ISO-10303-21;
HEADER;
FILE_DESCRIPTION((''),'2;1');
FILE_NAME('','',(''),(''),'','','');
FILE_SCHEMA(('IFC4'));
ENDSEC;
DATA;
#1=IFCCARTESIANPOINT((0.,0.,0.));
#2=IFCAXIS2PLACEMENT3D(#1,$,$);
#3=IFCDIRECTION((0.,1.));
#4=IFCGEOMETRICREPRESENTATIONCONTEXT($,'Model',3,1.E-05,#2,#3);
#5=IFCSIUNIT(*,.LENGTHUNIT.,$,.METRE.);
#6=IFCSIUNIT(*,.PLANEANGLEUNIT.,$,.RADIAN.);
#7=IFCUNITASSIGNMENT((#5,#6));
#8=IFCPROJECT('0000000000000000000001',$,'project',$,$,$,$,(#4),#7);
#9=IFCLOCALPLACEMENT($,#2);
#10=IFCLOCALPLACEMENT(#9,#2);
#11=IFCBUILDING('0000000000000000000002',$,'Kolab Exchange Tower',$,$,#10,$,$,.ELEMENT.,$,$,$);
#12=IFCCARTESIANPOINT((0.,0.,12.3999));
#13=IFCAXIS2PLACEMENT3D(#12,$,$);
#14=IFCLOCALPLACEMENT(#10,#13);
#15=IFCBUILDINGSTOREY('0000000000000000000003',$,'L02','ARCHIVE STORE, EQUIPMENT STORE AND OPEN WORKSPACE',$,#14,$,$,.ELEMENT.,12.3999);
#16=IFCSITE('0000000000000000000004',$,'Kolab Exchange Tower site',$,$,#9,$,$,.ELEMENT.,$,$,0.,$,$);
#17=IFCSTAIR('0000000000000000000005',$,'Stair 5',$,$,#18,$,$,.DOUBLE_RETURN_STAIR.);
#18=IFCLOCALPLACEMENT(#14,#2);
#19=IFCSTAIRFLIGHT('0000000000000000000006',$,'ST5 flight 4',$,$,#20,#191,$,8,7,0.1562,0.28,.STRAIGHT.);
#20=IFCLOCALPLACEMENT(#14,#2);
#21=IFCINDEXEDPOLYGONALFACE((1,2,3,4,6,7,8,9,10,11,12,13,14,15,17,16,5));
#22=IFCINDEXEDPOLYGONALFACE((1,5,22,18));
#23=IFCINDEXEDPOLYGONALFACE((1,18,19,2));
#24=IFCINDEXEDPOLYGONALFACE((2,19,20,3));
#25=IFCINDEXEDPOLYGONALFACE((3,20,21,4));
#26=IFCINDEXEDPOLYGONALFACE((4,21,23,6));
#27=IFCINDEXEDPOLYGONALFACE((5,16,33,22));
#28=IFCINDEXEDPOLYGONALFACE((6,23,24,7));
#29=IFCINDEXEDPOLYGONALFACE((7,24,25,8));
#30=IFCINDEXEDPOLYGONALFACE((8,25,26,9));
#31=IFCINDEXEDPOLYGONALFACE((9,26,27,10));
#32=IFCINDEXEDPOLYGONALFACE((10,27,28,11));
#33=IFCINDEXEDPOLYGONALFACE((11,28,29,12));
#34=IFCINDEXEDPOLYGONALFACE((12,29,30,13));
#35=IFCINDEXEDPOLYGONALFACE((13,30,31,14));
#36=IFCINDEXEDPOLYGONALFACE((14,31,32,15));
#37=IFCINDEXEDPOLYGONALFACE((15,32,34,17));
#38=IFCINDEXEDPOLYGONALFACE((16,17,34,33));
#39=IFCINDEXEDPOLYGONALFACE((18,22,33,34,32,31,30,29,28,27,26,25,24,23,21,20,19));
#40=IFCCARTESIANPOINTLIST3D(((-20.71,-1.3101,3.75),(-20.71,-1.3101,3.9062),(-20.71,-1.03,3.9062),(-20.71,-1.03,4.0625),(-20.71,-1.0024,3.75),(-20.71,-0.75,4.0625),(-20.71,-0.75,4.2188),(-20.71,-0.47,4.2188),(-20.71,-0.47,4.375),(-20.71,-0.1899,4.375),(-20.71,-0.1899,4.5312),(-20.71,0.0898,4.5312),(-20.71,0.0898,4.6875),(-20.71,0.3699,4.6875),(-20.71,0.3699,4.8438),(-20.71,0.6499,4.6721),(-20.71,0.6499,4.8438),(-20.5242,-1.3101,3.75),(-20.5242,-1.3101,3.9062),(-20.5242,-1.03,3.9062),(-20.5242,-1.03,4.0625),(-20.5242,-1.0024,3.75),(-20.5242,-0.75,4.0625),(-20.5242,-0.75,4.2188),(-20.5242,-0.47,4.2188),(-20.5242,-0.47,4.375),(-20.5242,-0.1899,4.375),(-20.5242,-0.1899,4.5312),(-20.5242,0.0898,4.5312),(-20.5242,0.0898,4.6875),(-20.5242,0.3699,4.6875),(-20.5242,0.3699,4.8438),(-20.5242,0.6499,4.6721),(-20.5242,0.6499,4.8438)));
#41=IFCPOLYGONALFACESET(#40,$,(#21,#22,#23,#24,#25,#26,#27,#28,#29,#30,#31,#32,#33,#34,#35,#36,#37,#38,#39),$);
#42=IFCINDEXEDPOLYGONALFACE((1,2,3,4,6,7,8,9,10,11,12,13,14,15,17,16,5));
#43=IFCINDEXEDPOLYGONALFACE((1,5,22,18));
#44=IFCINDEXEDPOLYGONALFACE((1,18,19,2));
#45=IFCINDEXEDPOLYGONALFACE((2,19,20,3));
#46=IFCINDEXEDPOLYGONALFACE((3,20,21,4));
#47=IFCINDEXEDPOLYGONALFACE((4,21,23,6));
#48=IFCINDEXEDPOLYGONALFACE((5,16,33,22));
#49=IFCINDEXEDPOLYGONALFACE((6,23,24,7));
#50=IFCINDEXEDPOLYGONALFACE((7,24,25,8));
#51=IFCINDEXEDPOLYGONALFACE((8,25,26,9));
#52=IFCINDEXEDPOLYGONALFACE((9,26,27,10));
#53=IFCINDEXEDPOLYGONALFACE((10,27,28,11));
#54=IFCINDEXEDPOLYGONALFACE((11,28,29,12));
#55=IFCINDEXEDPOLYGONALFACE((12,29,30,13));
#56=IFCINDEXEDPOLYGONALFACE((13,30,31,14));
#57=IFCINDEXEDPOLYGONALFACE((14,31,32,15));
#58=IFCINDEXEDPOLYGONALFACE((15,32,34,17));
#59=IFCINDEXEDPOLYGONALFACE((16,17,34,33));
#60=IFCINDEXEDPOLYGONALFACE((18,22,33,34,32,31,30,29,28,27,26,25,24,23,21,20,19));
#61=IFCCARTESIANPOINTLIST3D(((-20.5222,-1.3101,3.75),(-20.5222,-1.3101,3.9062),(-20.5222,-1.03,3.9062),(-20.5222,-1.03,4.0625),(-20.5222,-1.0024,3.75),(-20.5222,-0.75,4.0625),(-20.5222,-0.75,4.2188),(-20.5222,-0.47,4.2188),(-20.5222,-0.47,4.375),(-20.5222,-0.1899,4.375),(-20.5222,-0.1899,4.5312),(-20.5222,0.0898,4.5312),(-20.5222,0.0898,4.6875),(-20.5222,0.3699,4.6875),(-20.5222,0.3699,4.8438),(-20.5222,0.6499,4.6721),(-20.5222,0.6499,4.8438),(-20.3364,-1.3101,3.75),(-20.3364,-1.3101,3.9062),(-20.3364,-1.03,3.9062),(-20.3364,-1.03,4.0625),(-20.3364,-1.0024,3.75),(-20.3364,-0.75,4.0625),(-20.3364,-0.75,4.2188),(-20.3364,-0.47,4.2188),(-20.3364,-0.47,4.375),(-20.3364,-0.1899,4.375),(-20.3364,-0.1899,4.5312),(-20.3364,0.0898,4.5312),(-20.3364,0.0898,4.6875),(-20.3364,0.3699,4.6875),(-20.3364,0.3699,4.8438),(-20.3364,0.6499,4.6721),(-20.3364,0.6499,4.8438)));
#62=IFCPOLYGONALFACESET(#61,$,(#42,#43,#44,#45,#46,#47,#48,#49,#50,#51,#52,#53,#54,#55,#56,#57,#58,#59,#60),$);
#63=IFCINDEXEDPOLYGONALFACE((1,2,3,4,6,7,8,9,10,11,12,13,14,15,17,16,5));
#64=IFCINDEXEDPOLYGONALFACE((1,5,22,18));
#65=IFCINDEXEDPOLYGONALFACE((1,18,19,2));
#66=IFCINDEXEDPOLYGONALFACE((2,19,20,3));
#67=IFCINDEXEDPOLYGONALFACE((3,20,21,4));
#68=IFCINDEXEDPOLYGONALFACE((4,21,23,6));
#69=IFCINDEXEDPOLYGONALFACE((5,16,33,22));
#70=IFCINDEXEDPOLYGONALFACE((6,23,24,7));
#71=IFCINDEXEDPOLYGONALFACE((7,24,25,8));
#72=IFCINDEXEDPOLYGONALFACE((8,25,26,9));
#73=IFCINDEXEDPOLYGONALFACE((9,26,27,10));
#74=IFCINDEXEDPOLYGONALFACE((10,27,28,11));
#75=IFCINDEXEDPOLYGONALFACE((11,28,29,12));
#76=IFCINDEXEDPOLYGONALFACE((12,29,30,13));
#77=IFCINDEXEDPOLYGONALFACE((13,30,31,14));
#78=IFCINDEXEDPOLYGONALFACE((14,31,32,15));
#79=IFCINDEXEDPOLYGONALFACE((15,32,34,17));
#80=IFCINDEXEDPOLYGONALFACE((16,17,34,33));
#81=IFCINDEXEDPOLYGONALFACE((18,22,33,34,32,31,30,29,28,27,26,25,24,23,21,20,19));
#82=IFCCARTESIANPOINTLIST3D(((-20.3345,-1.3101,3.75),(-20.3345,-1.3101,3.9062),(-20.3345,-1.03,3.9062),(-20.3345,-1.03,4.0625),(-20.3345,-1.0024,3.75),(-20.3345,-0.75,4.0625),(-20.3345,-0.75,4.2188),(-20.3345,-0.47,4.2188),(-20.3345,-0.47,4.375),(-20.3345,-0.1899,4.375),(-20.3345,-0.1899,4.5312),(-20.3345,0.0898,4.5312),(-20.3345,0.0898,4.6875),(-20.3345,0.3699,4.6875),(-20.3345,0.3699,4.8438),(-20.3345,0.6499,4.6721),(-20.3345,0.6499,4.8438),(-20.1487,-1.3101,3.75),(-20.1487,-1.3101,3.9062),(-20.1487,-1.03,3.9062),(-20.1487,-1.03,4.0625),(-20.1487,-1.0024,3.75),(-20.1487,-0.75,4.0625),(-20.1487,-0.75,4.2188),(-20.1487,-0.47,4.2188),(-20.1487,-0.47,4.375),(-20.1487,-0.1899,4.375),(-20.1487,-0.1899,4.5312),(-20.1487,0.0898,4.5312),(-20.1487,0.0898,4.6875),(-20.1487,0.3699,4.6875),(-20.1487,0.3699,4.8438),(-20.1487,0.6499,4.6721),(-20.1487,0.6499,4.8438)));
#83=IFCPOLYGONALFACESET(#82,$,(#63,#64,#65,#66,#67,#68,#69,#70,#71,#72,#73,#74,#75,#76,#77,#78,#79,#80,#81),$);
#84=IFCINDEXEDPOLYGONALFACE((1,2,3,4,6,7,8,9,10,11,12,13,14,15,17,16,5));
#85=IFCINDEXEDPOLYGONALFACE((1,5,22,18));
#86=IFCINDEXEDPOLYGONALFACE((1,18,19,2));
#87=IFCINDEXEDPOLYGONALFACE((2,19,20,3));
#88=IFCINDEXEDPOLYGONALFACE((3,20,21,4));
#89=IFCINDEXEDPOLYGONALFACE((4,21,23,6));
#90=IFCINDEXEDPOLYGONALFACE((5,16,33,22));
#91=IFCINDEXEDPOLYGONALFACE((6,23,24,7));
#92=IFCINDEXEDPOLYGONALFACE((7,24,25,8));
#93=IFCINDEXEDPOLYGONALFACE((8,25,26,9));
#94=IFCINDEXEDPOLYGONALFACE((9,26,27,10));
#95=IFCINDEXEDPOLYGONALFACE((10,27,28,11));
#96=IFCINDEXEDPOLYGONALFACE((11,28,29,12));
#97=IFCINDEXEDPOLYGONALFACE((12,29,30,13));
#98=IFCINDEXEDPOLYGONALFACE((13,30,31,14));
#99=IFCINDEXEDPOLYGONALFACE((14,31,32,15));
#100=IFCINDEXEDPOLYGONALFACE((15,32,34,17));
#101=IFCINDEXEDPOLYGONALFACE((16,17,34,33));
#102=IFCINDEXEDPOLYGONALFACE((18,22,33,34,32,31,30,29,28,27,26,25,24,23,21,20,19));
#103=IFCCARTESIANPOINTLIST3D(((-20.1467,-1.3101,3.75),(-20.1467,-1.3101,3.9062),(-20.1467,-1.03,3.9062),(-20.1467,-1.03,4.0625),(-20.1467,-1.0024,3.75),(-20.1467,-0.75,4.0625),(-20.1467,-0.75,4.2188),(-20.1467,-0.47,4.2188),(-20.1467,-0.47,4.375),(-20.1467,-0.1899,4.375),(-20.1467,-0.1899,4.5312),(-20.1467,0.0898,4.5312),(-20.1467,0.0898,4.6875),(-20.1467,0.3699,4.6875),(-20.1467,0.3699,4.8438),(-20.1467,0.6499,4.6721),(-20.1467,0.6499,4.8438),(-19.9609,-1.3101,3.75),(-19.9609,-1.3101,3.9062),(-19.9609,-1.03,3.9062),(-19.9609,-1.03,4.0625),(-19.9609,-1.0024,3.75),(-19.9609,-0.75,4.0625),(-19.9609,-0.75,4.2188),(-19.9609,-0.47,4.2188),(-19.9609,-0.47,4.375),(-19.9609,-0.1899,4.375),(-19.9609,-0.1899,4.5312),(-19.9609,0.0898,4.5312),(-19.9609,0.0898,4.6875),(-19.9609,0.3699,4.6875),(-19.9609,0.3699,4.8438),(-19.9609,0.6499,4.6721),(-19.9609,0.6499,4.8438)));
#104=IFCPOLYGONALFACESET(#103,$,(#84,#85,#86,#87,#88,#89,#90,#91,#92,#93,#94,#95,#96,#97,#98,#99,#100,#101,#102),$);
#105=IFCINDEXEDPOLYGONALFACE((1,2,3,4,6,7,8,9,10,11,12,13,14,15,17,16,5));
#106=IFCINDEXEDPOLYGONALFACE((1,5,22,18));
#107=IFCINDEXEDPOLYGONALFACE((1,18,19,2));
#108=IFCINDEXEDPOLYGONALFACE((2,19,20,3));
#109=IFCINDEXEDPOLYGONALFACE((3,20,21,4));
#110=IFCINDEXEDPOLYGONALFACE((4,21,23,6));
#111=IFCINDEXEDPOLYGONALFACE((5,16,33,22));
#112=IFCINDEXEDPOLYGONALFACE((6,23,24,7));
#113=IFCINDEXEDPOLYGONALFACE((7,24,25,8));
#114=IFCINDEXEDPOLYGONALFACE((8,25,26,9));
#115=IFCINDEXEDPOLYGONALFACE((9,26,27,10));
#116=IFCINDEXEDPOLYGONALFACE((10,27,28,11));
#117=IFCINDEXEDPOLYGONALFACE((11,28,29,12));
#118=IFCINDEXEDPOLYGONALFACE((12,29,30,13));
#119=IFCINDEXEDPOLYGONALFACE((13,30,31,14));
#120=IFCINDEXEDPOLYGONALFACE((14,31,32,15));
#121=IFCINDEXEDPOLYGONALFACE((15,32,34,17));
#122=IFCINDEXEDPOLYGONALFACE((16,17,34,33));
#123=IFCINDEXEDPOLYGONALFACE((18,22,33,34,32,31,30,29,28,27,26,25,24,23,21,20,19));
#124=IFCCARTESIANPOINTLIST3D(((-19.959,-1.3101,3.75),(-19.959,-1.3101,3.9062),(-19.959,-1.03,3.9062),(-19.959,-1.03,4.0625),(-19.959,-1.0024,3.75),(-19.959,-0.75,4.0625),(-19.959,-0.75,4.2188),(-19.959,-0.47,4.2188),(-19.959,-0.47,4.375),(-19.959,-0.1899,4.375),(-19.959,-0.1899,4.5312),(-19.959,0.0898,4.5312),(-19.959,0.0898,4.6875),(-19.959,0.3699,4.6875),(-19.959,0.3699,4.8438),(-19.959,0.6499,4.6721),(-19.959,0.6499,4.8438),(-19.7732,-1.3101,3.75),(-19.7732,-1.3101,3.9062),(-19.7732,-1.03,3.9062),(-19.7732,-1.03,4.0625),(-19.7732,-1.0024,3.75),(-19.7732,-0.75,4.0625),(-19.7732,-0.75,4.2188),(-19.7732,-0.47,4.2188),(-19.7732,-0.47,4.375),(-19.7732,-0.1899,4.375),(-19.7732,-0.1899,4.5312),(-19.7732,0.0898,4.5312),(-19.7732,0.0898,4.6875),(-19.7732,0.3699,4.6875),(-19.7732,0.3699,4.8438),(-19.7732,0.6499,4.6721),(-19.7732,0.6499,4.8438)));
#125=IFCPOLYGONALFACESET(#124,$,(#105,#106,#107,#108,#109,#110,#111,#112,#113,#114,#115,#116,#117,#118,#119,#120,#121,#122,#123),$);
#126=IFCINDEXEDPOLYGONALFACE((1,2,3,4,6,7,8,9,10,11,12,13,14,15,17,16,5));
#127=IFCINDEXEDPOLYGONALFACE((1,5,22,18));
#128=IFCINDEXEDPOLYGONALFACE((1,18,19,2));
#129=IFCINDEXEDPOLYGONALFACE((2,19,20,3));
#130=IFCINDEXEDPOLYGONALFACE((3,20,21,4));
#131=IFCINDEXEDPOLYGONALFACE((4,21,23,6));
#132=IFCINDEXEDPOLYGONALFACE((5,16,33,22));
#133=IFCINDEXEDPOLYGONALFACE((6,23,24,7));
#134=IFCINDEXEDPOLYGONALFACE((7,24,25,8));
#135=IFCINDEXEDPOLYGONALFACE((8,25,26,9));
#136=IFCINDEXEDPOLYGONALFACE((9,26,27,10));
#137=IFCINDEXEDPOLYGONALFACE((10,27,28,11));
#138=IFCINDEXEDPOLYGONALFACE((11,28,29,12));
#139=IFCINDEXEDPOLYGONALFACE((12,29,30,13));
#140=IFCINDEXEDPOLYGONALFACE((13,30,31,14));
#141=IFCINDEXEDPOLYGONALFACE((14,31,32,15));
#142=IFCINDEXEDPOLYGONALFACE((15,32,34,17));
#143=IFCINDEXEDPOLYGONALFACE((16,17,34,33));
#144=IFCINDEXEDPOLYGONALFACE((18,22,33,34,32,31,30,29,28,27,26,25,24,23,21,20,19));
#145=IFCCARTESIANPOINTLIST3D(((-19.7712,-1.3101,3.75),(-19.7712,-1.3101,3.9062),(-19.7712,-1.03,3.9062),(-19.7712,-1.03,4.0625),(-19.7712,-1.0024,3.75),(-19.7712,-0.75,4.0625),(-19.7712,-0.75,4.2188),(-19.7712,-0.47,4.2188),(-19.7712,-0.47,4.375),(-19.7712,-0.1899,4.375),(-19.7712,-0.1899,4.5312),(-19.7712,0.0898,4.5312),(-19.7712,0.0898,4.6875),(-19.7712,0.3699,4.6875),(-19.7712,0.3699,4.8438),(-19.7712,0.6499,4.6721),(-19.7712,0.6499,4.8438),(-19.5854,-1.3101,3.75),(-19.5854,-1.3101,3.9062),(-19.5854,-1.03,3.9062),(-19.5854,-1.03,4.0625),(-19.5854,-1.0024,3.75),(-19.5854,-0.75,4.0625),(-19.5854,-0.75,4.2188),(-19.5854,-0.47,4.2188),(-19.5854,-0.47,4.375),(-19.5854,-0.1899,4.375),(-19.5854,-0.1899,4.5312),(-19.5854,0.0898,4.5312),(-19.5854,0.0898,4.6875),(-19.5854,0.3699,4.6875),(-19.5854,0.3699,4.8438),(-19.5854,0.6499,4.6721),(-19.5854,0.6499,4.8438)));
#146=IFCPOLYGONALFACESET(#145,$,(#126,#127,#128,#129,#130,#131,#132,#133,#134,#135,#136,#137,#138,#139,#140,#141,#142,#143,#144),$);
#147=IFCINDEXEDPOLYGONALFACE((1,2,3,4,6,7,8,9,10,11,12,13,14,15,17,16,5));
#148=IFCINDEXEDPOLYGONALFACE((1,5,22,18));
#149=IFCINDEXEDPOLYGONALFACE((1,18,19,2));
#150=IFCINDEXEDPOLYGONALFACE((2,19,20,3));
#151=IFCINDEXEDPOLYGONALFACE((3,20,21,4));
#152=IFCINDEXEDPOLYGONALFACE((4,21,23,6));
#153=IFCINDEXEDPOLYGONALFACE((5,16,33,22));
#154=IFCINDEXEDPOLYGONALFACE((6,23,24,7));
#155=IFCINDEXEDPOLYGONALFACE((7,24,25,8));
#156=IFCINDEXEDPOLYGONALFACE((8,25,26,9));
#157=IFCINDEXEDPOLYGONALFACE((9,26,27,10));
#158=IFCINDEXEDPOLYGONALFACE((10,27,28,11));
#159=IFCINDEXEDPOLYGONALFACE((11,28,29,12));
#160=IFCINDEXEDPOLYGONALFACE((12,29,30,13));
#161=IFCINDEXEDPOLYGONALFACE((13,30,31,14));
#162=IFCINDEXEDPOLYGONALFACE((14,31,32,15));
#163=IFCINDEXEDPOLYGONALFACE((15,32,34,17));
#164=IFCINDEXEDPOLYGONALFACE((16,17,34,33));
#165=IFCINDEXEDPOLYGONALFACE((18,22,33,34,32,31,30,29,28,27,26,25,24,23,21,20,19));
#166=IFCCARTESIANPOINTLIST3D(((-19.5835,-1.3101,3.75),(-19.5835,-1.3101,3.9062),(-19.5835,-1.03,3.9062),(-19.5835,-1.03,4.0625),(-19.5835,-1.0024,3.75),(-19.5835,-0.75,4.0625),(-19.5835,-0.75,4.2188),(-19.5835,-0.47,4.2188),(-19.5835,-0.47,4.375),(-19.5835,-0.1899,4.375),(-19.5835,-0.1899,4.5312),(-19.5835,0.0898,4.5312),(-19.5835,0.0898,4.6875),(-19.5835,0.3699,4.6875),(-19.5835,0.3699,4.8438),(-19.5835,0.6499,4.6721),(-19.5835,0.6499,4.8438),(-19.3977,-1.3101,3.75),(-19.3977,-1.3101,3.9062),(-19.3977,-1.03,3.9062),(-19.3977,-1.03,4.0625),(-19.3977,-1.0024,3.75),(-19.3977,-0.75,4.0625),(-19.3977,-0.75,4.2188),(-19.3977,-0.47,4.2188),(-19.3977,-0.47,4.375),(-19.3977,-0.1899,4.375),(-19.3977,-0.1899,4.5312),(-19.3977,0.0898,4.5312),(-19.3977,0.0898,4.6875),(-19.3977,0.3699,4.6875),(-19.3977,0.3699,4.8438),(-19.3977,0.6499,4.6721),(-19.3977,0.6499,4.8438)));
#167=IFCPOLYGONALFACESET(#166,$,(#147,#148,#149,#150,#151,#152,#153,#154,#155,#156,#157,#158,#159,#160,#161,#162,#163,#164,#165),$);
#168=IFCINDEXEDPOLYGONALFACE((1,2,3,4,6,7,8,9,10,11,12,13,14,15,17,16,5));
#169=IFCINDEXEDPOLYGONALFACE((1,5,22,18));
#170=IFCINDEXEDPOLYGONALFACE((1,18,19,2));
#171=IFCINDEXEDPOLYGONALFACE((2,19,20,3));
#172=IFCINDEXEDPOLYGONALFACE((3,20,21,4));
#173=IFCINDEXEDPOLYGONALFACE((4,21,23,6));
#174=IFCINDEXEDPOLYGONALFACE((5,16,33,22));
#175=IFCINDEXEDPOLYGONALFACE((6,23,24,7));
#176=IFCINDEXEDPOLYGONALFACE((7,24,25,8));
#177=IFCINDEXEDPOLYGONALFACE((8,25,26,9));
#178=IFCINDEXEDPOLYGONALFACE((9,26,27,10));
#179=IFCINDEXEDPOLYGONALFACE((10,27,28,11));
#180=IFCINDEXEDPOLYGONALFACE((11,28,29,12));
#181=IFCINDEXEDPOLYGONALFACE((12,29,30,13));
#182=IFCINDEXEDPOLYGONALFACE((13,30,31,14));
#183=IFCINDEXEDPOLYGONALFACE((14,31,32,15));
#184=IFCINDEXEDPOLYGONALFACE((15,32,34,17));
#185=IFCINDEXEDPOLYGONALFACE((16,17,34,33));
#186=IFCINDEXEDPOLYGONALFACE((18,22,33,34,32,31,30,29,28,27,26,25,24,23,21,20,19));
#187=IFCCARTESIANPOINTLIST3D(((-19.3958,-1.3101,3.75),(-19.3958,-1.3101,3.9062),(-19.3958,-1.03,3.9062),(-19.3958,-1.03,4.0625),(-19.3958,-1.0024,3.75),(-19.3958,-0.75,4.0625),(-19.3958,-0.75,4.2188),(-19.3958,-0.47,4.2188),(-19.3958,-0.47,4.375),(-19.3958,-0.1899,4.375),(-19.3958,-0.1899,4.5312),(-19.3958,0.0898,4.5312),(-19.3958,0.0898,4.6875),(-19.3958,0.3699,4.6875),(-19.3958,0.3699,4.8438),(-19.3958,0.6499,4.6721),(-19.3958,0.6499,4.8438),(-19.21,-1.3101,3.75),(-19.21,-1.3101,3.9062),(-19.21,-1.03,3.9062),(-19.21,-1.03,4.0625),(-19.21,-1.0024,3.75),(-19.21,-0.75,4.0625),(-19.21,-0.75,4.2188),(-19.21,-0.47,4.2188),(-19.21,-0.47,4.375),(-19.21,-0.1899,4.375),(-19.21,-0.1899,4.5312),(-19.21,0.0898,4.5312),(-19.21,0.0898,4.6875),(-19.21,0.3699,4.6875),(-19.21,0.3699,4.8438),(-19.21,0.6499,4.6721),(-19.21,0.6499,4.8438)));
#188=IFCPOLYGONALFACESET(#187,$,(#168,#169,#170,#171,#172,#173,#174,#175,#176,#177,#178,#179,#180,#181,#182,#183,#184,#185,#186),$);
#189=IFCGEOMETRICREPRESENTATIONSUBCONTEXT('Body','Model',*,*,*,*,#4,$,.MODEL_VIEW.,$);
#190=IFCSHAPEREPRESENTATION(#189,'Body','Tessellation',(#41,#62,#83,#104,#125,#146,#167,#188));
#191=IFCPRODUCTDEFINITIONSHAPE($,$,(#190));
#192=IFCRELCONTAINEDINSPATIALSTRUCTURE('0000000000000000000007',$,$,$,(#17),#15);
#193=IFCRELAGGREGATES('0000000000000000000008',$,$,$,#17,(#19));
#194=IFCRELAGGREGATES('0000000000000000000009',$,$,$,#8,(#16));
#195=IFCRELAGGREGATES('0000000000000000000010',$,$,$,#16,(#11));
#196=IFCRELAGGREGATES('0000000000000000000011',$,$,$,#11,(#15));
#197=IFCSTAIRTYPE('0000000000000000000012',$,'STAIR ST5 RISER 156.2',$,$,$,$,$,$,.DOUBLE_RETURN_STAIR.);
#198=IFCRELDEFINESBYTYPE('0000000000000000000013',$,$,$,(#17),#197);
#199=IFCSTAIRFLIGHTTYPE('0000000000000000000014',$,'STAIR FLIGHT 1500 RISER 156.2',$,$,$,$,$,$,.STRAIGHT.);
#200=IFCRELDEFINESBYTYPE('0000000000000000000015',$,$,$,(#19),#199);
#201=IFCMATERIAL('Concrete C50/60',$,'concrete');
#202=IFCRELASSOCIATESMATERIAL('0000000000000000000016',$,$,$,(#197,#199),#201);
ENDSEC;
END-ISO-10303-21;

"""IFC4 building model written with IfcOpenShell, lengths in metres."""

from ifc_helpers import new_model, si_unit, direction, frame, origin, place, context, subcontext, project, spatial, polyline, outline, extrude, material, type_object, element, aggregate, save


model = new_model("IFC4")

# Units and contexts
model_context = context("Model", 3, precision=1e-05, world=origin(), true_north=direction((0.0, 1.0)))
body_context = subcontext(model_context, "Body", "Model", "MODEL_VIEW")
ifc_project = project(units=[si_unit("LENGTHUNIT", "METRE"), si_unit("PLANEANGLEUNIT", "RADIAN")], contexts=[model_context])

# Site, building, storey
site_placement = place(None, origin())
site = spatial("IfcSite", under=ifc_project, at=site_placement, Name="Kolab Exchange Tower site", CompositionType="ELEMENT", RefElevation=0.0)
building_placement = place(site_placement, origin())
building = spatial("IfcBuilding", under=site, at=building_placement, Name="Kolab Exchange Tower", CompositionType="ELEMENT")
storey_placement = place(building_placement, frame((0.0, 0.0, 12.3999)))
storey = spatial("IfcBuildingStorey", under=building, at=storey_placement, Name="L02", Description="ARCHIVE STORE, EQUIPMENT STORE AND OPEN WORKSPACE", CompositionType="ELEMENT", Elevation=12.3999)

# Shared definitions
ifc_material_1 = material(Name="Concrete C50/60", Category="concrete")

# Stair, stair flight
stair_type = type_object("IfcStairType", Name="STAIR ST5 RISER 156.2", PredefinedType="DOUBLE_RETURN_STAIR", material=ifc_material_1)
stair_placement = place(storey_placement, origin())
stair = element("IfcStair", 1, at=stair_placement, inside=storey, type_object=stair_type, Name="Stair 5", PredefinedType="DOUBLE_RETURN_STAIR")
stair_flight_type = type_object("IfcStairFlightType", Name="STAIR FLIGHT 1500 RISER 156.2", PredefinedType="STRAIGHT", material=ifc_material_1)
stair_flight_placement = place(storey_placement, frame((-19.96, -1.3101, 3.75), z_axis=(0.0, 0.0, 1.0), x_axis=(0.0, 1.0, 0.0)))
stair_flight = element("IfcStairFlight", 2, at=stair_flight_placement, type_object=stair_flight_type, Name="ST5 flight 4", NumberOfRisers=8, NumberOfTreads=7, PredefinedType="STRAIGHT", RiserHeight=0.1562, TreadLength=0.28, context=body_context, shape_type="SweptSolid", body=[
    extrude(outline(polyline([(0.0, 0.0), (0.0, 0.1562), (0.28, 0.1562), (0.28, 0.3125), (0.5601, 0.3125), (0.5601, 0.4688), (0.8401, 0.4688), (0.8401, 0.625), (1.1201, 0.625), (1.1201, 0.7812), (1.3999, 0.7812), (1.3999, 0.9375), (1.6799, 0.9375), (1.6799, 1.0938), (1.96, 1.0938), (1.96, 1.25), (1.96, 0.9221), (0.3076, 0.0), (0.0, 0.0)])), frame((0.0, 0.75, 0.0), z_axis=(0.0, -1.0, 0.0), x_axis=(1.0, 0.0, 0.0)), (0.0, 0.0, 1.0), 0.1858),
    extrude(outline(polyline([(0.0, 0.0), (0.0, 0.1562), (0.28, 0.1562), (0.28, 0.3125), (0.5601, 0.3125), (0.5601, 0.4688), (0.8401, 0.4688), (0.8401, 0.625), (1.1201, 0.625), (1.1201, 0.7812), (1.3999, 0.7812), (1.3999, 0.9375), (1.6799, 0.9375), (1.6799, 1.0938), (1.96, 1.0938), (1.96, 1.25), (1.96, 0.9221), (0.3076, 0.0), (0.0, 0.0)])), frame((0.0, 0.5623, 0.0), z_axis=(0.0, -1.0, 0.0), x_axis=(1.0, 0.0, 0.0)), (0.0, 0.0, 1.0), 0.1858),
    extrude(outline(polyline([(0.0, 0.0), (0.0, 0.1562), (0.28, 0.1562), (0.28, 0.3125), (0.5601, 0.3125), (0.5601, 0.4688), (0.8401, 0.4688), (0.8401, 0.625), (1.1201, 0.625), (1.1201, 0.7812), (1.3999, 0.7812), (1.3999, 0.9375), (1.6799, 0.9375), (1.6799, 1.0938), (1.96, 1.0938), (1.96, 1.25), (1.96, 0.9221), (0.3076, 0.0), (0.0, 0.0)])), frame((0.0, 0.3745, 0.0), z_axis=(0.0, -1.0, 0.0), x_axis=(1.0, 0.0, 0.0)), (0.0, 0.0, 1.0), 0.1858),
    extrude(outline(polyline([(0.0, 0.0), (0.0, 0.1562), (0.28, 0.1562), (0.28, 0.3125), (0.5601, 0.3125), (0.5601, 0.4688), (0.8401, 0.4688), (0.8401, 0.625), (1.1201, 0.625), (1.1201, 0.7812), (1.3999, 0.7812), (1.3999, 0.9375), (1.6799, 0.9375), (1.6799, 1.0938), (1.96, 1.0938), (1.96, 1.25), (1.96, 0.9221), (0.3076, 0.0), (0.0, 0.0)])), frame((0.0, 0.1868, 0.0), z_axis=(0.0, -1.0, 0.0), x_axis=(1.0, 0.0, 0.0)), (0.0, 0.0, 1.0), 0.1858),
    extrude(outline(polyline([(0.0, 0.0), (0.0, 0.1562), (0.28, 0.1562), (0.28, 0.3125), (0.5601, 0.3125), (0.5601, 0.4688), (0.8401, 0.4688), (0.8401, 0.625), (1.1201, 0.625), (1.1201, 0.7812), (1.3999, 0.7812), (1.3999, 0.9375), (1.6799, 0.9375), (1.6799, 1.0938), (1.96, 1.0938), (1.96, 1.25), (1.96, 0.9221), (0.3076, 0.0), (0.0, 0.0)])), frame((0.0, -0.001, 0.0), z_axis=(0.0, -1.0, 0.0), x_axis=(1.0, 0.0, 0.0)), (0.0, 0.0, 1.0), 0.1858),
    extrude(outline(polyline([(0.0, 0.0), (0.0, 0.1562), (0.28, 0.1562), (0.28, 0.3125), (0.5601, 0.3125), (0.5601, 0.4688), (0.8401, 0.4688), (0.8401, 0.625), (1.1201, 0.625), (1.1201, 0.7812), (1.3999, 0.7812), (1.3999, 0.9375), (1.6799, 0.9375), (1.6799, 1.0938), (1.96, 1.0938), (1.96, 1.25), (1.96, 0.9221), (0.3076, 0.0), (0.0, 0.0)])), frame((0.0, -0.1887, 0.0), z_axis=(0.0, -1.0, 0.0), x_axis=(1.0, 0.0, 0.0)), (0.0, 0.0, 1.0), 0.1858),
    extrude(outline(polyline([(0.0, 0.0), (0.0, 0.1562), (0.28, 0.1562), (0.28, 0.3125), (0.5601, 0.3125), (0.5601, 0.4688), (0.8401, 0.4688), (0.8401, 0.625), (1.1201, 0.625), (1.1201, 0.7812), (1.3999, 0.7812), (1.3999, 0.9375), (1.6799, 0.9375), (1.6799, 1.0938), (1.96, 1.0938), (1.96, 1.25), (1.96, 0.9221), (0.3076, 0.0), (0.0, 0.0)])), frame((0.0, -0.3765, 0.0), z_axis=(0.0, -1.0, 0.0), x_axis=(1.0, 0.0, 0.0)), (0.0, 0.0, 1.0), 0.1858),
    extrude(outline(polyline([(0.0, 0.0), (0.0, 0.1562), (0.28, 0.1562), (0.28, 0.3125), (0.5601, 0.3125), (0.5601, 0.4688), (0.8401, 0.4688), (0.8401, 0.625), (1.1201, 0.625), (1.1201, 0.7812), (1.3999, 0.7812), (1.3999, 0.9375), (1.6799, 0.9375), (1.6799, 1.0938), (1.96, 1.0938), (1.96, 1.25), (1.96, 0.9221), (0.3076, 0.0), (0.0, 0.0)])), frame((0.0, -0.5642, 0.0), z_axis=(0.0, -1.0, 0.0), x_axis=(1.0, 0.0, 0.0)), (0.0, 0.0, 1.0), 0.1858),
])
aggregate(stair, [stair_flight])

save(model, "model.ifc")
